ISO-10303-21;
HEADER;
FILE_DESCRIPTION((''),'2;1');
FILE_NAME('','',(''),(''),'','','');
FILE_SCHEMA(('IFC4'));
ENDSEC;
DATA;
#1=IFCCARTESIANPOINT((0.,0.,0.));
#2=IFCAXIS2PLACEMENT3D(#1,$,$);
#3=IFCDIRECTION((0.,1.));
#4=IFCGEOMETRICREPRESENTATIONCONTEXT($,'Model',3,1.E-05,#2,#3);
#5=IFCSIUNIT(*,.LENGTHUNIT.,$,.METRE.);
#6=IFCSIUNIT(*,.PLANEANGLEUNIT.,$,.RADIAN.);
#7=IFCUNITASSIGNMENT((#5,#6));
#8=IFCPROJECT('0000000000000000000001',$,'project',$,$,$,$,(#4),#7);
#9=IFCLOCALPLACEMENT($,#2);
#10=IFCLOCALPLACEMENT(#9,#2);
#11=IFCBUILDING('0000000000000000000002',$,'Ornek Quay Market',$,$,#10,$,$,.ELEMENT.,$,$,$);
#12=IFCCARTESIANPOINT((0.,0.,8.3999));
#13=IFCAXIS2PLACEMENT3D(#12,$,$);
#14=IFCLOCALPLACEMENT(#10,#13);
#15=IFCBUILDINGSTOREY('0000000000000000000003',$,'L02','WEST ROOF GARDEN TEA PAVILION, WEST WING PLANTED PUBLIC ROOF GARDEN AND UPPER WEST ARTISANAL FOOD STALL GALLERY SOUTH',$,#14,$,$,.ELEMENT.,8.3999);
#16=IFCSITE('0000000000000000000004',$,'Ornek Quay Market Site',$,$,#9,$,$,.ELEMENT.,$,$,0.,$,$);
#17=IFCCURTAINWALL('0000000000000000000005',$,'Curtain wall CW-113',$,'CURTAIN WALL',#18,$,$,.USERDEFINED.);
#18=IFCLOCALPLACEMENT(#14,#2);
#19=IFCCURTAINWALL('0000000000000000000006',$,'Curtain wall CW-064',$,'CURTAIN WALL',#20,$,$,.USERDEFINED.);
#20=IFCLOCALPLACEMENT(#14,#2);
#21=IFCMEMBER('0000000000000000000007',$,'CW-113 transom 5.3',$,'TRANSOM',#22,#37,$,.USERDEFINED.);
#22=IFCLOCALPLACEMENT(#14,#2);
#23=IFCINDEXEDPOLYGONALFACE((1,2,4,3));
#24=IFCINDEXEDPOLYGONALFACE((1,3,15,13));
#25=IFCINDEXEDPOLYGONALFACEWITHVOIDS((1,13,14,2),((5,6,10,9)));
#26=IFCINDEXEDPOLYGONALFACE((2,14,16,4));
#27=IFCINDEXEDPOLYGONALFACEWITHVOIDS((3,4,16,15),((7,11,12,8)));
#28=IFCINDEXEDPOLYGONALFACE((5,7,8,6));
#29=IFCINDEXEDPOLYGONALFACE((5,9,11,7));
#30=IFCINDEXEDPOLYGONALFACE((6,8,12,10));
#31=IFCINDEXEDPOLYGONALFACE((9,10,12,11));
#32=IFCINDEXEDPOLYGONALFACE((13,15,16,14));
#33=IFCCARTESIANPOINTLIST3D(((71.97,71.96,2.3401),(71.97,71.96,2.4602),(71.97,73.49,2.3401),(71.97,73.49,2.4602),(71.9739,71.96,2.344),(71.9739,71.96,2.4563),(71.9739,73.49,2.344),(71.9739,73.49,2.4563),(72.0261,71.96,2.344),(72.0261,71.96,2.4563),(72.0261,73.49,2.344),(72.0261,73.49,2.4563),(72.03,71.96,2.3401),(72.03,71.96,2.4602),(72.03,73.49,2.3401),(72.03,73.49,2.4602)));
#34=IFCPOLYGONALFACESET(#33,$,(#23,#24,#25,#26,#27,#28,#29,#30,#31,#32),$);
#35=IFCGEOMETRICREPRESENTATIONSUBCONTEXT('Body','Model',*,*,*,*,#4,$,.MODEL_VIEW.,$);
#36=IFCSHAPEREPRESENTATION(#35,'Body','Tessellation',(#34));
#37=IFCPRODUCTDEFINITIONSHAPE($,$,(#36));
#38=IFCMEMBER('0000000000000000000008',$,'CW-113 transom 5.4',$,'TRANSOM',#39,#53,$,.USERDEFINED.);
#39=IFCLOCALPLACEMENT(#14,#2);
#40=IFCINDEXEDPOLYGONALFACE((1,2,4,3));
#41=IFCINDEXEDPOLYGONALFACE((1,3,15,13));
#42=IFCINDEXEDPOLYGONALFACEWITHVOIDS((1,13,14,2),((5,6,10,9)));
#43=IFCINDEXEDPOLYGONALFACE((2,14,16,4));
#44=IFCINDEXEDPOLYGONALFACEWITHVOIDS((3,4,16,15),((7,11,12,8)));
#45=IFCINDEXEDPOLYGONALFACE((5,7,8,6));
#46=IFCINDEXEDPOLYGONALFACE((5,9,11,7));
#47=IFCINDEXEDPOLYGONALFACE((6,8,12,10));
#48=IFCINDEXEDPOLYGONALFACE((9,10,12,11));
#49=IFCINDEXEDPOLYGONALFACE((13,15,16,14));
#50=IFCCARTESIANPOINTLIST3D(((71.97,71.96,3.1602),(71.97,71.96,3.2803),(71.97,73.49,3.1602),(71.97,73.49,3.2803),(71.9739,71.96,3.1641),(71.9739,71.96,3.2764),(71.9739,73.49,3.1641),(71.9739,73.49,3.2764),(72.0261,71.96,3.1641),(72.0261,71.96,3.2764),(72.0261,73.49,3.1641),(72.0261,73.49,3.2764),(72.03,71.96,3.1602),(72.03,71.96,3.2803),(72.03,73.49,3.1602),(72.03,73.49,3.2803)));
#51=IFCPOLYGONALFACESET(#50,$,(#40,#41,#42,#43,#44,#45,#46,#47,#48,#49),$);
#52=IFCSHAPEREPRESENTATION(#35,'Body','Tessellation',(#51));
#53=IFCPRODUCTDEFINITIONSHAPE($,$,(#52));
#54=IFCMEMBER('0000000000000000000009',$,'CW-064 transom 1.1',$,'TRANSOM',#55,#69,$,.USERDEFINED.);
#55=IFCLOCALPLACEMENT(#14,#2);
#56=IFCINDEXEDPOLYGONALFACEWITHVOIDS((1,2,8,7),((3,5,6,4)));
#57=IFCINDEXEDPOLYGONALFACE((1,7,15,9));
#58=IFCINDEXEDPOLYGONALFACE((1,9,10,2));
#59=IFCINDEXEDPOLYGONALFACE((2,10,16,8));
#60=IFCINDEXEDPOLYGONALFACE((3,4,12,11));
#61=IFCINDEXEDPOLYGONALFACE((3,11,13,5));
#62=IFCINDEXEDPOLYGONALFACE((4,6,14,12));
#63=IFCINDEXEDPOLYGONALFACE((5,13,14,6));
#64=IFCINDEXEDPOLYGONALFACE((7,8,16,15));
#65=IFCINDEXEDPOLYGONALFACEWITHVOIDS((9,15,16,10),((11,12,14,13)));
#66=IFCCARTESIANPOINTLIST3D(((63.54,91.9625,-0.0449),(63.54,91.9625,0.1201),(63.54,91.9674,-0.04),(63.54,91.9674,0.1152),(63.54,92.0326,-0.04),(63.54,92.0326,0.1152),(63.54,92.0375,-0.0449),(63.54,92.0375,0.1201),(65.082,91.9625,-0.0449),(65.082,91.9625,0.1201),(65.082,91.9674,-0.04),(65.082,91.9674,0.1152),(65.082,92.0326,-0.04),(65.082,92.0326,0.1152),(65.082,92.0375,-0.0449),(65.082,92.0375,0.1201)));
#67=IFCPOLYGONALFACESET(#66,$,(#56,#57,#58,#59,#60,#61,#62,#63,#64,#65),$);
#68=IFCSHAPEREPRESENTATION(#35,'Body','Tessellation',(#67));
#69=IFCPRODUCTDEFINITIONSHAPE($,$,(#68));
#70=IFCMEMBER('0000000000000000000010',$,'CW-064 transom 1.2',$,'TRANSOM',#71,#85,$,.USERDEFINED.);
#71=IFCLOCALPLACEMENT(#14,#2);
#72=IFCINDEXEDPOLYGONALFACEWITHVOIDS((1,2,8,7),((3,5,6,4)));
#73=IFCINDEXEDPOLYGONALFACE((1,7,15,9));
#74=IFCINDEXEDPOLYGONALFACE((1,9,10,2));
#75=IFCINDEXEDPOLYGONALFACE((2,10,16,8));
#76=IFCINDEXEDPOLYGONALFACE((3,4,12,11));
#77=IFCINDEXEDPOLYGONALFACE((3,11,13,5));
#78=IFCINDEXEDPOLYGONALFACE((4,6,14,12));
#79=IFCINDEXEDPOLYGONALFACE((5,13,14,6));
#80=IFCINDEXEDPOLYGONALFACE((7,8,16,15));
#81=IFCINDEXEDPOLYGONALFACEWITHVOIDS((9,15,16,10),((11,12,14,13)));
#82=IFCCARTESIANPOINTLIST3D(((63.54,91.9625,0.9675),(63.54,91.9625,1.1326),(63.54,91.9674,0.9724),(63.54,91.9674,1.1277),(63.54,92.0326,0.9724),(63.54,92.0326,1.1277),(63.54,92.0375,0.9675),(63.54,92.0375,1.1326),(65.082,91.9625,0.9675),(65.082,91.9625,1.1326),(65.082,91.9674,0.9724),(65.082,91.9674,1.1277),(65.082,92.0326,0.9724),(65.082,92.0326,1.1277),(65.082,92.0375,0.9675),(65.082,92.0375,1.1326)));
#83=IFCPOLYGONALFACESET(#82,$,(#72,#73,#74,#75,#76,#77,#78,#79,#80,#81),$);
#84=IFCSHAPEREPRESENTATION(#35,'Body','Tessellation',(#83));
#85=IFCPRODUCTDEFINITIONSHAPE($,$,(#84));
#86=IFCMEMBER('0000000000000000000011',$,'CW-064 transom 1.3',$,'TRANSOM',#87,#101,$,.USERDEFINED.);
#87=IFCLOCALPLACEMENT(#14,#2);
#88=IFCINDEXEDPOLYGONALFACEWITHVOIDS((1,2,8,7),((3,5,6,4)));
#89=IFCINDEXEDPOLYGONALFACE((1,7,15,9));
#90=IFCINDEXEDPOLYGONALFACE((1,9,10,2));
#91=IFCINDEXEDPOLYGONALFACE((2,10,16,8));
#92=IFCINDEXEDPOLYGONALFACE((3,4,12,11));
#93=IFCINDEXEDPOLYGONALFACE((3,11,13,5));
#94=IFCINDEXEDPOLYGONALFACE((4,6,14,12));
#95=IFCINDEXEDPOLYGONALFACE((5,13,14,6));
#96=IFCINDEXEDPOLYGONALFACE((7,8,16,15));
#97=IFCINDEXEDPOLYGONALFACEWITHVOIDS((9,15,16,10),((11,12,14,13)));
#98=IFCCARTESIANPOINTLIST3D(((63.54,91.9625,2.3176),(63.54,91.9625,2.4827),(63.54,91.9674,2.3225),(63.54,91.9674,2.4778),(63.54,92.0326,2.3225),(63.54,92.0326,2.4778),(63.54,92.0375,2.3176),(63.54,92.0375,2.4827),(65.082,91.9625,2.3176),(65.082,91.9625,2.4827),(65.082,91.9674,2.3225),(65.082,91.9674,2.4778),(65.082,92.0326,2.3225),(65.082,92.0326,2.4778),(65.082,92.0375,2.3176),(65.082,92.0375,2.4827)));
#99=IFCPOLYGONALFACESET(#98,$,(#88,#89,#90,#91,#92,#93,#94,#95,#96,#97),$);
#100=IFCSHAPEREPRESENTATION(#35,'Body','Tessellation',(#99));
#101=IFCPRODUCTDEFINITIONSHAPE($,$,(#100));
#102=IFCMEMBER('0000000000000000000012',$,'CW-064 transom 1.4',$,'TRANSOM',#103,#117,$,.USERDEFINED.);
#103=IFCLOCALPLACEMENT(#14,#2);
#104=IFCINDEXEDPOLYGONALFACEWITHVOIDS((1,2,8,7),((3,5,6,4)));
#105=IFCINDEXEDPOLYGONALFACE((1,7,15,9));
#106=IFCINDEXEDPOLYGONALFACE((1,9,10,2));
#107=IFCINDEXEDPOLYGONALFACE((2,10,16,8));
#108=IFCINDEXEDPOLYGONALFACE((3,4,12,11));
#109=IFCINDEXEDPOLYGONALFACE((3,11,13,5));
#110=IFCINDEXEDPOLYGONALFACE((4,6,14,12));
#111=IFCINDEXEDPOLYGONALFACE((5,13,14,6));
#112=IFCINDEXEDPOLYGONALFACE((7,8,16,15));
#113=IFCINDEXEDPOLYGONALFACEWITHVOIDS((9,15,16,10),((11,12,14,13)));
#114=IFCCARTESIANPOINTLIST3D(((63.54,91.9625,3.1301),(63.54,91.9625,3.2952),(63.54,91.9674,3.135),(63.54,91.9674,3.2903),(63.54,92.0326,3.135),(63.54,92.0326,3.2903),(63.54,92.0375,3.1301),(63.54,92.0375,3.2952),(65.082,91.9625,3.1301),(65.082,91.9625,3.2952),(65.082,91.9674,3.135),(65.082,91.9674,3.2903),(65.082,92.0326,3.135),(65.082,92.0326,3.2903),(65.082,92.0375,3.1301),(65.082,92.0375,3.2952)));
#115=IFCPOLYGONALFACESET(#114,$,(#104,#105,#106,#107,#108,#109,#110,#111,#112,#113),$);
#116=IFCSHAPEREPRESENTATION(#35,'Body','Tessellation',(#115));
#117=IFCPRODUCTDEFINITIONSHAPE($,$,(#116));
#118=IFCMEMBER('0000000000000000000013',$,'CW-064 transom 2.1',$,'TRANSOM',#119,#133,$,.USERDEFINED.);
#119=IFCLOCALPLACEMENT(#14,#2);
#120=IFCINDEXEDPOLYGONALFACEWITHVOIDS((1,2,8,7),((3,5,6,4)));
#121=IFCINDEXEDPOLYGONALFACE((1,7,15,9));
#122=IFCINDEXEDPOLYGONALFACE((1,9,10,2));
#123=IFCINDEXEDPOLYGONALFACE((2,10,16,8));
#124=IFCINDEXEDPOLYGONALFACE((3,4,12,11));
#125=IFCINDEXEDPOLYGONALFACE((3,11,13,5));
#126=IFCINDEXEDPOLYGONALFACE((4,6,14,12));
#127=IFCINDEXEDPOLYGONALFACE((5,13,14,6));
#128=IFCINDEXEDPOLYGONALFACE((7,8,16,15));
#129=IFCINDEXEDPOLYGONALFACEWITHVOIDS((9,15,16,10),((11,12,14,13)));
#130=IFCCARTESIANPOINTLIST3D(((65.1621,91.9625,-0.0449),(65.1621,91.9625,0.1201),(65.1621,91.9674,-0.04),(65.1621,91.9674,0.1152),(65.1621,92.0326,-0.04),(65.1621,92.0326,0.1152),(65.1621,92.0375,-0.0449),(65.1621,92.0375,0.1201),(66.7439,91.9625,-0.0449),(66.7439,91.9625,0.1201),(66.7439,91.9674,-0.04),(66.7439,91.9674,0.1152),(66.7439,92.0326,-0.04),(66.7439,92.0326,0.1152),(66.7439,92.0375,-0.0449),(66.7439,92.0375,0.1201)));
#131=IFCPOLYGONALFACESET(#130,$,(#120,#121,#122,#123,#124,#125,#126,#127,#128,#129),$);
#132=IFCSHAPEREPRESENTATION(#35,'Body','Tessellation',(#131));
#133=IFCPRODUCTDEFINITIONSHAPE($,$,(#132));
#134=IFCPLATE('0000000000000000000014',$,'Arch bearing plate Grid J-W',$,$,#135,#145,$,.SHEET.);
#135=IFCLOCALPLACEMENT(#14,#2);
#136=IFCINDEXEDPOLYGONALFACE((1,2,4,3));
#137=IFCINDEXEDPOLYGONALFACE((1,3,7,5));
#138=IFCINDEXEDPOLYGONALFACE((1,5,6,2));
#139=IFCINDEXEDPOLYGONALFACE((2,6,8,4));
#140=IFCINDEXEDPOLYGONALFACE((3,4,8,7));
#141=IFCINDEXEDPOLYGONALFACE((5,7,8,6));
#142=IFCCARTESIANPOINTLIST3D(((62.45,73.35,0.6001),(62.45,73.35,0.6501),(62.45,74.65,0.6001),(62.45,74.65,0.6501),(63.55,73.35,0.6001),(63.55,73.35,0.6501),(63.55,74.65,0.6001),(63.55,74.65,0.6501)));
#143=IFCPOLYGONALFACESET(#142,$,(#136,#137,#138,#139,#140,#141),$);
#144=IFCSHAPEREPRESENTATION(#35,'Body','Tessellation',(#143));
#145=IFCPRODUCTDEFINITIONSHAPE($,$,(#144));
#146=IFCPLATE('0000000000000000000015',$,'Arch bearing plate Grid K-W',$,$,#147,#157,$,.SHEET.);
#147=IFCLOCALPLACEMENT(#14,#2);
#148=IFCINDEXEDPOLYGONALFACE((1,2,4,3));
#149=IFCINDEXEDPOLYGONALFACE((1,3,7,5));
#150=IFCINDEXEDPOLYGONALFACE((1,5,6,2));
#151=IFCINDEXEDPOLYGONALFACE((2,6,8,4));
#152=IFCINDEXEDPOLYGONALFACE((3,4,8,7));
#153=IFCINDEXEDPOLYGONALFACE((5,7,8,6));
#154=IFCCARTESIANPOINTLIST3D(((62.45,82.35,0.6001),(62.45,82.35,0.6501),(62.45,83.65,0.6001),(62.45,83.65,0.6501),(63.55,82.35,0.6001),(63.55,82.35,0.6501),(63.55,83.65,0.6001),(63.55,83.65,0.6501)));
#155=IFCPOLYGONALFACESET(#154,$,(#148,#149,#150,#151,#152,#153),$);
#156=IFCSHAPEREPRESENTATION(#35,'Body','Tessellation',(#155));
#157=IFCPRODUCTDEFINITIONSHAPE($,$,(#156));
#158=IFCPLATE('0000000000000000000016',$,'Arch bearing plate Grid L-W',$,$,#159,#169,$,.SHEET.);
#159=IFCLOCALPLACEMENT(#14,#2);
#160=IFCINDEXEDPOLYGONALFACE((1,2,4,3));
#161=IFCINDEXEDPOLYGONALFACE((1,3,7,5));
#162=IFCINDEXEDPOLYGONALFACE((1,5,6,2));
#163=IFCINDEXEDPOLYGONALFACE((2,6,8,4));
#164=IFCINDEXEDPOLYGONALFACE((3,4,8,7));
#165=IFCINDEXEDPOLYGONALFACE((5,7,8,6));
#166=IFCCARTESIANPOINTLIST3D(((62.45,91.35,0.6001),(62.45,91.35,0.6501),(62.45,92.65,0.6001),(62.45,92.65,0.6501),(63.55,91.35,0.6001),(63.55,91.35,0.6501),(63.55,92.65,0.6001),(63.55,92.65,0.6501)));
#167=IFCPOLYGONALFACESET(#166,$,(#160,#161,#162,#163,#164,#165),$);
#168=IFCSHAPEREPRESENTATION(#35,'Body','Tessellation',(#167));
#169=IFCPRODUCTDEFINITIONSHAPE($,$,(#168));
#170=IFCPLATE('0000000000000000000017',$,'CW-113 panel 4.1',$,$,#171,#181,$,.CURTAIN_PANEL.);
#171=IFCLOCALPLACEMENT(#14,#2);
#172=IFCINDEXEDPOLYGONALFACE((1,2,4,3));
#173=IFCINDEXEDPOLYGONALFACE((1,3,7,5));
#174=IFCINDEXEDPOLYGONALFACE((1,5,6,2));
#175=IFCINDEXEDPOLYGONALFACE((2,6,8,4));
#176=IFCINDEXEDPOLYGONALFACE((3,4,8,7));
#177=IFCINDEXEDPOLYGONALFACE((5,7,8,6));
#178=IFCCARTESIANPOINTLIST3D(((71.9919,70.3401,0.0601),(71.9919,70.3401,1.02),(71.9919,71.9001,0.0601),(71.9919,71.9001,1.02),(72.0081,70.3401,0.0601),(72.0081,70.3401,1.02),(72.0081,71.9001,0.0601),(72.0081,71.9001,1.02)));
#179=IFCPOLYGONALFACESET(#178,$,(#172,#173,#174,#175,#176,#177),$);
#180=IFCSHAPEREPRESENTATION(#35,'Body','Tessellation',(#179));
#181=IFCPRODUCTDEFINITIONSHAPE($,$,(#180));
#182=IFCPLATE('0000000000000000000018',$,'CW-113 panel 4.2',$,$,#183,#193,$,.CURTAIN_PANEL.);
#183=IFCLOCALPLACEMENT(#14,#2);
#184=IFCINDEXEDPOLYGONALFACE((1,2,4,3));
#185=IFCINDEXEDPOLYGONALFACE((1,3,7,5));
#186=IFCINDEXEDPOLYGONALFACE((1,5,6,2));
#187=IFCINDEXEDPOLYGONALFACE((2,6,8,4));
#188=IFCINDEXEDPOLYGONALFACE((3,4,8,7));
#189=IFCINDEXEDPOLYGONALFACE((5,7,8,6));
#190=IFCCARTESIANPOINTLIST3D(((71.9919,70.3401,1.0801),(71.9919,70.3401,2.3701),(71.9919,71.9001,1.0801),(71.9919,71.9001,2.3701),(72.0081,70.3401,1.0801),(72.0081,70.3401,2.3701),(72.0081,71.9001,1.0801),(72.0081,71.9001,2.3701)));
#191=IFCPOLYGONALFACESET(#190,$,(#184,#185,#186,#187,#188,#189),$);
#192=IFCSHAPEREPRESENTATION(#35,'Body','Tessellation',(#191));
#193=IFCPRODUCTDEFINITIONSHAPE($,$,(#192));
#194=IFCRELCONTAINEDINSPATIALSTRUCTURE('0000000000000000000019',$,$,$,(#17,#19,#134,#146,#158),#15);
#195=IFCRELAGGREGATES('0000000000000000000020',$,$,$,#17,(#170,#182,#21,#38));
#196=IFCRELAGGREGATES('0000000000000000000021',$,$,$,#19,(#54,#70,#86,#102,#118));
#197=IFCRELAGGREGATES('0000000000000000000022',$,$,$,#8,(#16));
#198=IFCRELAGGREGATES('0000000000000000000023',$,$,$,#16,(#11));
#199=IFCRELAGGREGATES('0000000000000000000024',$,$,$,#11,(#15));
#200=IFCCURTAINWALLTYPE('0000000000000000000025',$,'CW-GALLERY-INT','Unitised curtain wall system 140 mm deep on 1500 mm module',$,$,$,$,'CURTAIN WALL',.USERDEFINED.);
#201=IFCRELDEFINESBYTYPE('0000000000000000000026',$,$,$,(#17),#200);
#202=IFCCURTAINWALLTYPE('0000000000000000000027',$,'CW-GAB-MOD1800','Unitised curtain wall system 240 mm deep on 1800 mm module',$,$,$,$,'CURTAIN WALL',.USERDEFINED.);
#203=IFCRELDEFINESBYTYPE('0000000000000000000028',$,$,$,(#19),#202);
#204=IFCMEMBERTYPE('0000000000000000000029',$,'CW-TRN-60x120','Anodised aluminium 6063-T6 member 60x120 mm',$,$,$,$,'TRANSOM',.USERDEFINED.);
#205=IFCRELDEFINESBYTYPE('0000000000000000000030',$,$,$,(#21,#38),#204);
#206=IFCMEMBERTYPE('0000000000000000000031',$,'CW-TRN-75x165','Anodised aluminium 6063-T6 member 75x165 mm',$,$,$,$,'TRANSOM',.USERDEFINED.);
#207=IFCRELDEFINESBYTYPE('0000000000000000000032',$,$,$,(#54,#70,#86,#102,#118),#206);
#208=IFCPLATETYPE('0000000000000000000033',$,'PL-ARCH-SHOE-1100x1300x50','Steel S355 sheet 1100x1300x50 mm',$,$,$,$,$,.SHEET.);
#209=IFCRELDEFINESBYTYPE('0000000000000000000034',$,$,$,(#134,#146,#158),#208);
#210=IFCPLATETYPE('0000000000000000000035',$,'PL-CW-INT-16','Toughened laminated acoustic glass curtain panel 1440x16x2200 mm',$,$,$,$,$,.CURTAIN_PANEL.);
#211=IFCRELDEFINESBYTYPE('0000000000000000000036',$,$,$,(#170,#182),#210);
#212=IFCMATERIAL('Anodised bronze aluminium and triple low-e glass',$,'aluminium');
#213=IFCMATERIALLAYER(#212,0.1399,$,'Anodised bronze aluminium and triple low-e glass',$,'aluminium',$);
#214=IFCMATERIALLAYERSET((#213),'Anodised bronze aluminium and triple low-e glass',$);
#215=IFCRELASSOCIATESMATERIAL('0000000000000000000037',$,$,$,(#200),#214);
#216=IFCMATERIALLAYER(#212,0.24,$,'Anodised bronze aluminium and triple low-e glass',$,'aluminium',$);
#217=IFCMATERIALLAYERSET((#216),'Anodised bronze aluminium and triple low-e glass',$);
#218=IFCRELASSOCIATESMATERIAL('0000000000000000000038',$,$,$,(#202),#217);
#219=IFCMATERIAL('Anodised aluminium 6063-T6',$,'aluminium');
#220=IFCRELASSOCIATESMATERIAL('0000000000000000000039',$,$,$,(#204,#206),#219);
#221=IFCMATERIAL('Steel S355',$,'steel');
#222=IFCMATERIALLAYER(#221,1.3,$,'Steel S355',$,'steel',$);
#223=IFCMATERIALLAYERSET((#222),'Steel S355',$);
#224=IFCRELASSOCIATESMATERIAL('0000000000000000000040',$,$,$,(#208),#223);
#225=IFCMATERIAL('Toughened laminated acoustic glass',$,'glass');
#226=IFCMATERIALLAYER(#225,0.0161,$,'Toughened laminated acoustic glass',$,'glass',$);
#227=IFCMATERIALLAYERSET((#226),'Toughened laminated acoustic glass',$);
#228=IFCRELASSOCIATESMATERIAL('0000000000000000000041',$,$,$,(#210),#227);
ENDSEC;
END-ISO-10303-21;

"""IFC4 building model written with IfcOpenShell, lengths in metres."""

from ifc_helpers import new_model, si_unit, direction, frame, origin, origin_2d, place, context, subcontext, project, spatial, rectangle, hollow_rectangle, extrude, material, layer, layer_set, material_profile, profile_set, type_object, element, aggregate, save


model = new_model("IFC4")

# Units and contexts
model_context = context("Model", 3, precision=1e-05, world=origin(), true_north=direction((0.0, 1.0)))
body_context = subcontext(model_context, "Body", "Model", "MODEL_VIEW")
ifc_project = project(units=[si_unit("LENGTHUNIT", "METRE"), si_unit("PLANEANGLEUNIT", "RADIAN")], contexts=[model_context])

# Site, building, storey
site_placement = place(None, origin())
site = spatial("IfcSite", under=ifc_project, at=site_placement, Name="Ornek Quay Market Site", CompositionType="ELEMENT", RefElevation=0.0)
building_placement = place(site_placement, origin())
building = spatial("IfcBuilding", under=site, at=building_placement, Name="Ornek Quay Market", CompositionType="ELEMENT")
storey_placement = place(building_placement, frame((0.0, 0.0, 8.3999)))
storey = spatial("IfcBuildingStorey", under=building, at=storey_placement, Name="L02", Description="WEST ROOF GARDEN TEA PAVILION, WEST WING PLANTED PUBLIC ROOF GARDEN AND UPPER WEST ARTISANAL FOOD STALL GALLERY SOUTH", CompositionType="ELEMENT", Elevation=8.3999)

# Curtain walls
ifc_material_1 = material(Name="Anodised bronze aluminium and triple low-e glass", Category="aluminium")
ifc_layer_1 = layer(ifc_material_1, 0.1399, Name="Anodised bronze aluminium and triple low-e glass", Category="aluminium")
ifc_layer_set_1 = layer_set([ifc_layer_1], Name="Anodised bronze aluminium and triple low-e glass")
curtain_wall_type_1 = type_object("IfcCurtainWallType", Name="CW-GALLERY-INT", Description="Unitised curtain wall system 140 mm deep on 1500 mm module", ElementType="CURTAIN WALL", PredefinedType="USERDEFINED", material=ifc_layer_set_1)
curtain_wall_1_placement = place(storey_placement, origin())
curtain_wall_1 = element("IfcCurtainWall", 1, at=curtain_wall_1_placement, inside=storey, type_object=curtain_wall_type_1, Name="Curtain wall CW-113", ObjectType="CURTAIN WALL", PredefinedType="USERDEFINED")
ifc_material_2 = material(Name="Anodised aluminium 6063-T6", Category="aluminium")
ifc_layer_2 = layer(ifc_material_1, 0.24, Name="Anodised bronze aluminium and triple low-e glass", Category="aluminium")
ifc_layer_set_2 = layer_set([ifc_layer_2], Name="Anodised bronze aluminium and triple low-e glass")
curtain_wall_type_2 = type_object("IfcCurtainWallType", Name="CW-GAB-MOD1800", Description="Unitised curtain wall system 240 mm deep on 1800 mm module", ElementType="CURTAIN WALL", PredefinedType="USERDEFINED", material=ifc_layer_set_2)
curtain_wall_2_placement = place(storey_placement, origin())
curtain_wall_2 = element("IfcCurtainWall", 2, at=curtain_wall_2_placement, inside=storey, type_object=curtain_wall_type_2, Name="Curtain wall CW-064", ObjectType="CURTAIN WALL", PredefinedType="USERDEFINED")

# Members
ifc_material_profile_1 = material_profile(ifc_material_2, hollow_rectangle(XDim=0.0601, YDim=0.1201, WallThickness=0.0039, at=origin_2d()), Name="CW-TRN-60x120", Category="aluminium")
ifc_profile_set_1 = profile_set([ifc_material_profile_1], Name="Anodised aluminium 6063-T6")
member_type_1 = type_object("IfcMemberType", Name="CW-TRN-60x120", Description="Anodised aluminium 6063-T6 member 60x120 mm", ElementType="TRANSOM", PredefinedType="USERDEFINED", material=ifc_profile_set_1)
member_1_placement = place(storey_placement, frame((72.0, 71.96, 2.4001), z_axis=(0.0, 1.0, 0.0), x_axis=(-1.0, 0.0, 0.0)))
member_1 = element("IfcMember", 3, at=member_1_placement, type_object=member_type_1, Name="CW-113 transom 5.3", ObjectType="TRANSOM", PredefinedType="USERDEFINED", context=body_context, shape_type="SweptSolid", body=[
    extrude(hollow_rectangle(XDim=0.0601, YDim=0.1201, WallThickness=0.0039, at=origin_2d()), origin(), (0.0, 0.0, 1.0), 1.53),
])
member_2_placement = place(storey_placement, frame((72.0, 71.96, 3.2202), z_axis=(0.0, 1.0, 0.0), x_axis=(-1.0, 0.0, 0.0)))
member_2 = element("IfcMember", 4, at=member_2_placement, type_object=member_type_1, Name="CW-113 transom 5.4", ObjectType="TRANSOM", PredefinedType="USERDEFINED", context=body_context, shape_type="SweptSolid", body=[
    extrude(hollow_rectangle(XDim=0.0601, YDim=0.1201, WallThickness=0.0039, at=origin_2d()), origin(), (0.0, 0.0, 1.0), 1.53),
])
ifc_material_profile_2 = material_profile(ifc_material_2, hollow_rectangle(XDim=0.075, YDim=0.165, WallThickness=0.0049, at=origin_2d()), Name="CW-TRN-75x165", Category="aluminium")
ifc_profile_set_2 = profile_set([ifc_material_profile_2], Name="Anodised aluminium 6063-T6")
member_type_2 = type_object("IfcMemberType", Name="CW-TRN-75x165", Description="Anodised aluminium 6063-T6 member 75x165 mm", ElementType="TRANSOM", PredefinedType="USERDEFINED", material=ifc_profile_set_2)
member_3_placement = place(storey_placement, frame((63.54, 92.0, 0.0376), z_axis=(1.0, 0.0, 0.0), x_axis=(0.0, 1.0, 0.0)))
member_3 = element("IfcMember", 5, at=member_3_placement, type_object=member_type_2, Name="CW-064 transom 1.1", ObjectType="TRANSOM", PredefinedType="USERDEFINED", context=body_context, shape_type="SweptSolid", body=[
    extrude(hollow_rectangle(XDim=0.075, YDim=0.165, WallThickness=0.0049, at=origin_2d()), origin(), (0.0, 0.0, 1.0), 1.542),
])
member_4_placement = place(storey_placement, frame((63.54, 92.0, 1.05), z_axis=(1.0, 0.0, 0.0), x_axis=(0.0, 1.0, 0.0)))
member_4 = element("IfcMember", 6, at=member_4_placement, type_object=member_type_2, Name="CW-064 transom 1.2", ObjectType="TRANSOM", PredefinedType="USERDEFINED", context=body_context, shape_type="SweptSolid", body=[
    extrude(hollow_rectangle(XDim=0.075, YDim=0.165, WallThickness=0.0049, at=origin_2d()), origin(), (0.0, 0.0, 1.0), 1.542),
])
member_5_placement = place(storey_placement, frame((63.54, 92.0, 2.4001), z_axis=(1.0, 0.0, 0.0), x_axis=(0.0, 1.0, 0.0)))
member_5 = element("IfcMember", 7, at=member_5_placement, type_object=member_type_2, Name="CW-064 transom 1.3", ObjectType="TRANSOM", PredefinedType="USERDEFINED", context=body_context, shape_type="SweptSolid", body=[
    extrude(hollow_rectangle(XDim=0.075, YDim=0.165, WallThickness=0.0049, at=origin_2d()), origin(), (0.0, 0.0, 1.0), 1.542),
])
member_6_placement = place(storey_placement, frame((63.54, 92.0, 3.2126), z_axis=(1.0, 0.0, 0.0), x_axis=(0.0, 1.0, 0.0)))
member_6 = element("IfcMember", 8, at=member_6_placement, type_object=member_type_2, Name="CW-064 transom 1.4", ObjectType="TRANSOM", PredefinedType="USERDEFINED", context=body_context, shape_type="SweptSolid", body=[
    extrude(hollow_rectangle(XDim=0.075, YDim=0.165, WallThickness=0.0049, at=origin_2d()), origin(), (0.0, 0.0, 1.0), 1.542),
])
member_7_placement = place(storey_placement, frame((65.1621, 92.0, 0.0376), z_axis=(1.0, 0.0, 0.0), x_axis=(0.0, 1.0, 0.0)))
member_7 = element("IfcMember", 9, at=member_7_placement, type_object=member_type_2, Name="CW-064 transom 2.1", ObjectType="TRANSOM", PredefinedType="USERDEFINED", context=body_context, shape_type="SweptSolid", body=[
    extrude(hollow_rectangle(XDim=0.075, YDim=0.165, WallThickness=0.0049, at=origin_2d()), origin(), (0.0, 0.0, 1.0), 1.5818),
])

# Plates
ifc_material_3 = material(Name="Steel S355", Category="steel")
ifc_layer_3 = layer(ifc_material_3, 1.3, Name="Steel S355", Category="steel")
ifc_layer_set_3 = layer_set([ifc_layer_3], Name="Steel S355")
plate_type_1 = type_object("IfcPlateType", Name="PL-ARCH-SHOE-1100x1300x50", Description="Steel S355 sheet 1100x1300x50 mm", PredefinedType="SHEET", material=ifc_layer_set_3)
for number, where, z_axis, x_axis, name in (
    (10, (63.0, 74.0, 0.6001), (0.0, 0.0, 1.0), (1.0, 0.0, 0.0), "Arch bearing plate Grid J-W"),
    (11, (63.0, 83.0, 0.6001), (0.0, 0.0, 1.0), (1.0, 0.0, 0.0), "Arch bearing plate Grid K-W"),
    (12, (63.0, 92.0, 0.6001), (0.0, 0.0, 1.0), (1.0, 0.0, 0.0), "Arch bearing plate Grid L-W"),
):
    element("IfcPlate", number, at=place(storey_placement, frame(where, z_axis=z_axis, x_axis=x_axis)), inside=storey, type_object=plate_type_1, Name=name, PredefinedType="SHEET", context=body_context, shape_type="SweptSolid", body=[
        extrude(rectangle(XDim=1.1001, YDim=1.3, at=origin_2d()), origin(), (0.0, 0.0, 1.0), 0.05),
    ])

# Plates
ifc_material_4 = material(Name="Toughened laminated acoustic glass", Category="glass")
ifc_layer_4 = layer(ifc_material_4, 0.0161, Name="Toughened laminated acoustic glass", Category="glass")
ifc_layer_set_4 = layer_set([ifc_layer_4], Name="Toughened laminated acoustic glass")
plate_type_2 = type_object("IfcPlateType", Name="PL-CW-INT-16", Description="Toughened laminated acoustic glass curtain panel 1440x16x2200 mm", PredefinedType="CURTAIN_PANEL", material=ifc_layer_set_4)
plate_1_placement = place(storey_placement, frame((72.0, 71.1201, 0.0601), z_axis=(0.0, 0.0, 1.0), x_axis=(0.0, 1.0, 0.0)))
plate_1 = element("IfcPlate", 13, at=plate_1_placement, type_object=plate_type_2, Name="CW-113 panel 4.1", PredefinedType="CURTAIN_PANEL", context=body_context, shape_type="SweptSolid", body=[
    extrude(rectangle(XDim=1.5601, YDim=0.0161, at=origin_2d()), origin(), (0.0, 0.0, 1.0), 0.96),
])
plate_2_placement = place(storey_placement, frame((72.0, 71.1201, 1.0801), z_axis=(0.0, 0.0, 1.0), x_axis=(0.0, 1.0, 0.0)))
plate_2 = element("IfcPlate", 14, at=plate_2_placement, type_object=plate_type_2, Name="CW-113 panel 4.2", PredefinedType="CURTAIN_PANEL", context=body_context, shape_type="SweptSolid", body=[
    extrude(rectangle(XDim=1.5601, YDim=0.0161, at=origin_2d()), origin(), (0.0, 0.0, 1.0), 1.29),
])
aggregate(curtain_wall_1, [plate_1, plate_2, member_1, member_2])
aggregate(curtain_wall_2, [member_3, member_4, member_5, member_6, member_7])

save(model, "model.ifc")
